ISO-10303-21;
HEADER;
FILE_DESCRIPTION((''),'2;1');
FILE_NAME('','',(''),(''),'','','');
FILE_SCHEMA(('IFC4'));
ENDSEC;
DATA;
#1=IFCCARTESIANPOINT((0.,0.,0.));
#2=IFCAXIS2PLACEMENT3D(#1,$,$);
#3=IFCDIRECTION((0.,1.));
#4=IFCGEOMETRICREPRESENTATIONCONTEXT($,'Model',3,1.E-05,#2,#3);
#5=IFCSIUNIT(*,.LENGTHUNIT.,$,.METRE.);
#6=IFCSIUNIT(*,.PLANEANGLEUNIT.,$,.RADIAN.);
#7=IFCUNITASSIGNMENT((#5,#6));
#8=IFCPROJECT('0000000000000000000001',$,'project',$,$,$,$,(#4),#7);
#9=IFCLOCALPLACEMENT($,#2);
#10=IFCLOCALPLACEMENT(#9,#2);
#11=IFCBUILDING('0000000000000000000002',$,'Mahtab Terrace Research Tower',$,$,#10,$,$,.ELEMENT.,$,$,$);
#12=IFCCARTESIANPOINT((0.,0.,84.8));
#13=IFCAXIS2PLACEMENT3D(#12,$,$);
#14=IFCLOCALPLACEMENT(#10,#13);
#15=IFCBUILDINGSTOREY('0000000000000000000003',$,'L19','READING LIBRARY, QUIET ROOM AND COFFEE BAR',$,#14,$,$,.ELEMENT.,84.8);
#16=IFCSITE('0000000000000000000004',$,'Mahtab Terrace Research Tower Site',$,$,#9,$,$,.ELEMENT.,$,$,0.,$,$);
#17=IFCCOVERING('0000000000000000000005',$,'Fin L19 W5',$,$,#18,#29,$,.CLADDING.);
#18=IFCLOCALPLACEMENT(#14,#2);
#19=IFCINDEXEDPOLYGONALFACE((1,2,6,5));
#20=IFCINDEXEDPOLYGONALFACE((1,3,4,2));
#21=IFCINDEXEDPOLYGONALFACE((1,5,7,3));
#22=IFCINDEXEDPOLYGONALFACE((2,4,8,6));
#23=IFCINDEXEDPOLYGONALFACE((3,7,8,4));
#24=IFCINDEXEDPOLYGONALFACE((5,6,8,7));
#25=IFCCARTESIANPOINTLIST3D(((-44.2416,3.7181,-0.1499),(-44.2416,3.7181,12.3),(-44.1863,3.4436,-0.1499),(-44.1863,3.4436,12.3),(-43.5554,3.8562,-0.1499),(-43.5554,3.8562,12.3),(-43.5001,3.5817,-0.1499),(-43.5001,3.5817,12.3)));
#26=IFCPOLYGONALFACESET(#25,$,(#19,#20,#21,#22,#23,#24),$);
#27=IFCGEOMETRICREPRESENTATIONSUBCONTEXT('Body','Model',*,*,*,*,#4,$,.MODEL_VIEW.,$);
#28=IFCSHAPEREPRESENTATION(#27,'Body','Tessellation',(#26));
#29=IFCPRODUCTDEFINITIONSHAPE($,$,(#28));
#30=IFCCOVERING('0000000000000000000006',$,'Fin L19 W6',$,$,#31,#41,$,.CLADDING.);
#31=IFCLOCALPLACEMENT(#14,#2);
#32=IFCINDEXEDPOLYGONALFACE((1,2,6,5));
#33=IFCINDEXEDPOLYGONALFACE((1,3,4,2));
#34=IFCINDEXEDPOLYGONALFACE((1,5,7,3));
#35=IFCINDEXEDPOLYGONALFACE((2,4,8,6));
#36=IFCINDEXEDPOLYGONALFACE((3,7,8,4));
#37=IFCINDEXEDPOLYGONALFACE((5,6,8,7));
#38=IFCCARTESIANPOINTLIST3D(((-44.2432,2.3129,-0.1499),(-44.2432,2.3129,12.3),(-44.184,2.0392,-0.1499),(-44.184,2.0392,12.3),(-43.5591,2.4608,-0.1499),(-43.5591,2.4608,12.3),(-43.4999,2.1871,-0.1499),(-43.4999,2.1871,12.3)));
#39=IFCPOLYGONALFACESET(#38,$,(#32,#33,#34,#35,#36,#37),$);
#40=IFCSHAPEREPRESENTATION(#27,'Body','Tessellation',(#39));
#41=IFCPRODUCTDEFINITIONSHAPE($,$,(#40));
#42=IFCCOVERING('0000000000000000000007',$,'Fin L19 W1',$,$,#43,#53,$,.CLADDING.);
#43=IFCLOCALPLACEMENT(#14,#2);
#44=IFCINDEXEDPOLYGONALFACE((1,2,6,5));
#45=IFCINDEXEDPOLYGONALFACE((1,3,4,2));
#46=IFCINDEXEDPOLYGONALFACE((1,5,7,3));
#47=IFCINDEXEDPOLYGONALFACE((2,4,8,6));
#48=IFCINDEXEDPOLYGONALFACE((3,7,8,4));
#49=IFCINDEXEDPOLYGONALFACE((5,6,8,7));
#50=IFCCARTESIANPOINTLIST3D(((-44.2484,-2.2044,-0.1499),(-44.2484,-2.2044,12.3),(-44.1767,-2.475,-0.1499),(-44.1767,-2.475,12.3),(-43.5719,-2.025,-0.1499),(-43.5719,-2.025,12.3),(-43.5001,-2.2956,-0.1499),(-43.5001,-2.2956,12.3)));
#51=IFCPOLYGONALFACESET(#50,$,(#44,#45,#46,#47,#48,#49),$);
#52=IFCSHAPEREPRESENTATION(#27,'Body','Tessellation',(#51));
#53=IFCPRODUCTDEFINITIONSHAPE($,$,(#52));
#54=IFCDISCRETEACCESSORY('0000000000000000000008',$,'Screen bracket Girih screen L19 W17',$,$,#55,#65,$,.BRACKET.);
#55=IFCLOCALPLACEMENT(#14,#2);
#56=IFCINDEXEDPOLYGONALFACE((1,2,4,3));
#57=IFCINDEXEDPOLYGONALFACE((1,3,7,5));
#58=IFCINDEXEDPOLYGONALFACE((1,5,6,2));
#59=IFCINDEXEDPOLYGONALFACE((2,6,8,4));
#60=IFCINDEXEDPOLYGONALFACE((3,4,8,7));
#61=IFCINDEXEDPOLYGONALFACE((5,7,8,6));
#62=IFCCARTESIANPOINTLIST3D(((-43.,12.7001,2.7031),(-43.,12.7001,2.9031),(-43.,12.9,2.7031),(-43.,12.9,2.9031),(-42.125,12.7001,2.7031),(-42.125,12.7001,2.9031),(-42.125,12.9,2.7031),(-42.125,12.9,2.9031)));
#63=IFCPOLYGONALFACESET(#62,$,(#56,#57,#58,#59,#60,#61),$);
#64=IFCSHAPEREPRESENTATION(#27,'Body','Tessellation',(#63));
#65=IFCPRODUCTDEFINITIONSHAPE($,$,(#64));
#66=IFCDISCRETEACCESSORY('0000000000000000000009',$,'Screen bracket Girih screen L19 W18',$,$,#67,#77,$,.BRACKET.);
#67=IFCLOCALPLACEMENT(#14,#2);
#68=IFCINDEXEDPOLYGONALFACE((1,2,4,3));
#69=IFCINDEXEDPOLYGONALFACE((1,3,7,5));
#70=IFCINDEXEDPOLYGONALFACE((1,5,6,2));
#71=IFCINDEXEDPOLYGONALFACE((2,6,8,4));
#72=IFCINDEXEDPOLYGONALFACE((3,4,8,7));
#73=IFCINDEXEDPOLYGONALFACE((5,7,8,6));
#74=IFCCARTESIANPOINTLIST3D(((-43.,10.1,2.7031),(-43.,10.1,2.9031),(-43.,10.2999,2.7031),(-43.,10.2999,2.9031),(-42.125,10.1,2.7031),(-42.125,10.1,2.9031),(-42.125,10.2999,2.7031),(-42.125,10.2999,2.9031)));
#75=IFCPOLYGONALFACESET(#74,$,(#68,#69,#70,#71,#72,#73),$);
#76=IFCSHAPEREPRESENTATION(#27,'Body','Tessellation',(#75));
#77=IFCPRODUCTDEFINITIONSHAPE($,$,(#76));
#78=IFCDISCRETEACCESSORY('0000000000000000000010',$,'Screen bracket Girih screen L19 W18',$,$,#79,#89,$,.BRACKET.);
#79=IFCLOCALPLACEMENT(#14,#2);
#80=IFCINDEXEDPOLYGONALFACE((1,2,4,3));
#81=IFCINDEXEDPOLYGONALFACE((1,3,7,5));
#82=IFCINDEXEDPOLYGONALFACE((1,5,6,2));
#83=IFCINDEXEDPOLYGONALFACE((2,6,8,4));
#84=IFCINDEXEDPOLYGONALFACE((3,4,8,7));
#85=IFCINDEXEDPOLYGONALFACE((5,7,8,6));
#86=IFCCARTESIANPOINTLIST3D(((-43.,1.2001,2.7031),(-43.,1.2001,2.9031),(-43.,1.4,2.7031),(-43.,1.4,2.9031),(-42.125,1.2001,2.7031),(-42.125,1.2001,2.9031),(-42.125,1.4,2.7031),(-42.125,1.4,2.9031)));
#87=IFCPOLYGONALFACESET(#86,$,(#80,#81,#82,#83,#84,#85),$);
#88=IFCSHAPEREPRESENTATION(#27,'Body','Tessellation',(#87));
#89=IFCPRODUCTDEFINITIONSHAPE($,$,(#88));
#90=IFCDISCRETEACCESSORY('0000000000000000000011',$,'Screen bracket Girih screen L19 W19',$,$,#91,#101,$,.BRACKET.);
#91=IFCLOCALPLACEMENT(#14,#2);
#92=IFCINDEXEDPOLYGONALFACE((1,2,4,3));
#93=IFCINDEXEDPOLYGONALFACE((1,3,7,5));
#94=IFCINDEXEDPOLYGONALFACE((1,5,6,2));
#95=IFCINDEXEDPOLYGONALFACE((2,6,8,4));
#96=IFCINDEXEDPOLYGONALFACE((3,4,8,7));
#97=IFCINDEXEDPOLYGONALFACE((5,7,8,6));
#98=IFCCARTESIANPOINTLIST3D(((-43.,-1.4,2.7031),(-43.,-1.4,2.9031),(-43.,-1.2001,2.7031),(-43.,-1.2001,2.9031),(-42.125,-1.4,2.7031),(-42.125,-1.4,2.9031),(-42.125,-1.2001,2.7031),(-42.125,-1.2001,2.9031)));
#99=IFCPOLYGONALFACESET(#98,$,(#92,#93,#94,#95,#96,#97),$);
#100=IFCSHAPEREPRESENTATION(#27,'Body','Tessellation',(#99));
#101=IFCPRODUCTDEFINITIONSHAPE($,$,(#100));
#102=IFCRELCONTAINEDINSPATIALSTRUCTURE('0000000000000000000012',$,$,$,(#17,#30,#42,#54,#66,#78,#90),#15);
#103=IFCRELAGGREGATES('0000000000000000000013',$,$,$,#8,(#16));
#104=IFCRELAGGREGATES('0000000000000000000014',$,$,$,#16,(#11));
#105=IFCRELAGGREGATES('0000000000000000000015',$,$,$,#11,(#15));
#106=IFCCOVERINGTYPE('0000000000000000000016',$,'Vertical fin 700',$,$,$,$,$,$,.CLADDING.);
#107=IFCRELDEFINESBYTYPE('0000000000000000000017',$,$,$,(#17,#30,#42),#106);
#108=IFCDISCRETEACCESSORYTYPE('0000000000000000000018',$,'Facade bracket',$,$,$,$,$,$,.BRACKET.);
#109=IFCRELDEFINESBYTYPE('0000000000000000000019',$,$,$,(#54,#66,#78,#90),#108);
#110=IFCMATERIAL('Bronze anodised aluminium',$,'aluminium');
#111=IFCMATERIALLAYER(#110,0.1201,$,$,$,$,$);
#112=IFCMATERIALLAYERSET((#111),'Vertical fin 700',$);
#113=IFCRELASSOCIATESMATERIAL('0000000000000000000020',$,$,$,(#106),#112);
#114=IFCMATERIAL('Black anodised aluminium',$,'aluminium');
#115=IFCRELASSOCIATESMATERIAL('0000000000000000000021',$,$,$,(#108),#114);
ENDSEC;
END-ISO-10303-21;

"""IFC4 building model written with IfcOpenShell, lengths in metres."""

from ifc_helpers import new_model, si_unit, direction, frame, origin, origin_2d, place, context, subcontext, project, spatial, rectangle, extrude, material, layer, layer_set, type_object, element, save


model = new_model("IFC4")

# Units and contexts
model_context = context("Model", 3, precision=1e-05, world=origin(), true_north=direction((0.0, 1.0)))
body_context = subcontext(model_context, "Body", "Model", "MODEL_VIEW")
ifc_project = project(units=[si_unit("LENGTHUNIT", "METRE"), si_unit("PLANEANGLEUNIT", "RADIAN")], contexts=[model_context])

# Site, building, storey
site_placement = place(None, origin())
site = spatial("IfcSite", under=ifc_project, at=site_placement, Name="Mahtab Terrace Research Tower Site", CompositionType="ELEMENT", RefElevation=0.0)
building_placement = place(site_placement, origin())
building = spatial("IfcBuilding", under=site, at=building_placement, Name="Mahtab Terrace Research Tower", CompositionType="ELEMENT")
storey_placement = place(building_placement, frame((0.0, 0.0, 84.8)))
storey = spatial("IfcBuildingStorey", under=building, at=storey_placement, Name="L19", Description="READING LIBRARY, QUIET ROOM AND COFFEE BAR", CompositionType="ELEMENT", Elevation=84.8)

# Shared definitions
ifc_material_1 = material(Name="Bronze anodised aluminium", Category="aluminium")

# Coverings
ifc_layer_1 = layer(ifc_material_1, 0.1201)
ifc_layer_set_1 = layer_set([ifc_layer_1], Name="Vertical fin 700")
covering_type_1 = type_object("IfcCoveringType", Name="Vertical fin 700", PredefinedType="CLADDING", material=ifc_layer_set_1)
for number, where, z_axis, x_axis, name in (
    (1, (-43.8708, 3.6499, -0.1499), (0.0, 0.0, 1.0), (0.197355, -0.980332, 0.0), "Fin L19 W5"),
    (2, (-43.8716, 2.25, -0.1499), (0.0, 0.0, 1.0), (0.211425, -0.977394, 0.0), "Fin L19 W6"),
    (3, (-43.8743, -2.25, -0.1499), (0.0, 0.0, 1.0), (0.256339, -0.966587, 0.0), "Fin L19 W1"),
):
    element("IfcCovering", number, at=place(storey_placement, frame(where, z_axis=z_axis, x_axis=x_axis)), inside=storey, type_object=covering_type_1, Name=name, PredefinedType="CLADDING", context=body_context, shape_type="SweptSolid", body=[
        extrude(rectangle(XDim=0.28, YDim=0.7, at=origin_2d()), origin(), (0.0, 0.0, 1.0), 12.45),
    ])

# Discrete accessories
ifc_material_2 = material(Name="Black anodised aluminium", Category="aluminium")
discrete_accessory_type = type_object("IfcDiscreteAccessoryType", Name="Facade bracket", PredefinedType="BRACKET", material=ifc_material_2)
for number, where, z_axis, x_axis, name in (
    (4, (-42.5625, 12.8, 2.7031), (0.0, 0.0, 1.0), (0.0, -1.0, 0.0), "Screen bracket Girih screen L19 W17"),
    (5, (-42.5625, 10.2, 2.7031), (0.0, 0.0, 1.0), (0.0, -1.0, 0.0), "Screen bracket Girih screen L19 W18"),
    (6, (-42.5625, 1.3, 2.7031), (0.0, 0.0, 1.0), (0.0, -1.0, 0.0), "Screen bracket Girih screen L19 W18"),
    (7, (-42.5625, -1.3, 2.7031), (0.0, 0.0, 1.0), (0.0, -1.0, 0.0), "Screen bracket Girih screen L19 W19"),
):
    element("IfcDiscreteAccessory", number, at=place(storey_placement, frame(where, z_axis=z_axis, x_axis=x_axis)), inside=storey, type_object=discrete_accessory_type, Name=name, PredefinedType="BRACKET", context=body_context, shape_type="SweptSolid", body=[
        extrude(rectangle(XDim=0.2, YDim=0.875, at=origin_2d()), origin(), (0.0, 0.0, 1.0), 0.2),
    ])

save(model, "model.ifc")
